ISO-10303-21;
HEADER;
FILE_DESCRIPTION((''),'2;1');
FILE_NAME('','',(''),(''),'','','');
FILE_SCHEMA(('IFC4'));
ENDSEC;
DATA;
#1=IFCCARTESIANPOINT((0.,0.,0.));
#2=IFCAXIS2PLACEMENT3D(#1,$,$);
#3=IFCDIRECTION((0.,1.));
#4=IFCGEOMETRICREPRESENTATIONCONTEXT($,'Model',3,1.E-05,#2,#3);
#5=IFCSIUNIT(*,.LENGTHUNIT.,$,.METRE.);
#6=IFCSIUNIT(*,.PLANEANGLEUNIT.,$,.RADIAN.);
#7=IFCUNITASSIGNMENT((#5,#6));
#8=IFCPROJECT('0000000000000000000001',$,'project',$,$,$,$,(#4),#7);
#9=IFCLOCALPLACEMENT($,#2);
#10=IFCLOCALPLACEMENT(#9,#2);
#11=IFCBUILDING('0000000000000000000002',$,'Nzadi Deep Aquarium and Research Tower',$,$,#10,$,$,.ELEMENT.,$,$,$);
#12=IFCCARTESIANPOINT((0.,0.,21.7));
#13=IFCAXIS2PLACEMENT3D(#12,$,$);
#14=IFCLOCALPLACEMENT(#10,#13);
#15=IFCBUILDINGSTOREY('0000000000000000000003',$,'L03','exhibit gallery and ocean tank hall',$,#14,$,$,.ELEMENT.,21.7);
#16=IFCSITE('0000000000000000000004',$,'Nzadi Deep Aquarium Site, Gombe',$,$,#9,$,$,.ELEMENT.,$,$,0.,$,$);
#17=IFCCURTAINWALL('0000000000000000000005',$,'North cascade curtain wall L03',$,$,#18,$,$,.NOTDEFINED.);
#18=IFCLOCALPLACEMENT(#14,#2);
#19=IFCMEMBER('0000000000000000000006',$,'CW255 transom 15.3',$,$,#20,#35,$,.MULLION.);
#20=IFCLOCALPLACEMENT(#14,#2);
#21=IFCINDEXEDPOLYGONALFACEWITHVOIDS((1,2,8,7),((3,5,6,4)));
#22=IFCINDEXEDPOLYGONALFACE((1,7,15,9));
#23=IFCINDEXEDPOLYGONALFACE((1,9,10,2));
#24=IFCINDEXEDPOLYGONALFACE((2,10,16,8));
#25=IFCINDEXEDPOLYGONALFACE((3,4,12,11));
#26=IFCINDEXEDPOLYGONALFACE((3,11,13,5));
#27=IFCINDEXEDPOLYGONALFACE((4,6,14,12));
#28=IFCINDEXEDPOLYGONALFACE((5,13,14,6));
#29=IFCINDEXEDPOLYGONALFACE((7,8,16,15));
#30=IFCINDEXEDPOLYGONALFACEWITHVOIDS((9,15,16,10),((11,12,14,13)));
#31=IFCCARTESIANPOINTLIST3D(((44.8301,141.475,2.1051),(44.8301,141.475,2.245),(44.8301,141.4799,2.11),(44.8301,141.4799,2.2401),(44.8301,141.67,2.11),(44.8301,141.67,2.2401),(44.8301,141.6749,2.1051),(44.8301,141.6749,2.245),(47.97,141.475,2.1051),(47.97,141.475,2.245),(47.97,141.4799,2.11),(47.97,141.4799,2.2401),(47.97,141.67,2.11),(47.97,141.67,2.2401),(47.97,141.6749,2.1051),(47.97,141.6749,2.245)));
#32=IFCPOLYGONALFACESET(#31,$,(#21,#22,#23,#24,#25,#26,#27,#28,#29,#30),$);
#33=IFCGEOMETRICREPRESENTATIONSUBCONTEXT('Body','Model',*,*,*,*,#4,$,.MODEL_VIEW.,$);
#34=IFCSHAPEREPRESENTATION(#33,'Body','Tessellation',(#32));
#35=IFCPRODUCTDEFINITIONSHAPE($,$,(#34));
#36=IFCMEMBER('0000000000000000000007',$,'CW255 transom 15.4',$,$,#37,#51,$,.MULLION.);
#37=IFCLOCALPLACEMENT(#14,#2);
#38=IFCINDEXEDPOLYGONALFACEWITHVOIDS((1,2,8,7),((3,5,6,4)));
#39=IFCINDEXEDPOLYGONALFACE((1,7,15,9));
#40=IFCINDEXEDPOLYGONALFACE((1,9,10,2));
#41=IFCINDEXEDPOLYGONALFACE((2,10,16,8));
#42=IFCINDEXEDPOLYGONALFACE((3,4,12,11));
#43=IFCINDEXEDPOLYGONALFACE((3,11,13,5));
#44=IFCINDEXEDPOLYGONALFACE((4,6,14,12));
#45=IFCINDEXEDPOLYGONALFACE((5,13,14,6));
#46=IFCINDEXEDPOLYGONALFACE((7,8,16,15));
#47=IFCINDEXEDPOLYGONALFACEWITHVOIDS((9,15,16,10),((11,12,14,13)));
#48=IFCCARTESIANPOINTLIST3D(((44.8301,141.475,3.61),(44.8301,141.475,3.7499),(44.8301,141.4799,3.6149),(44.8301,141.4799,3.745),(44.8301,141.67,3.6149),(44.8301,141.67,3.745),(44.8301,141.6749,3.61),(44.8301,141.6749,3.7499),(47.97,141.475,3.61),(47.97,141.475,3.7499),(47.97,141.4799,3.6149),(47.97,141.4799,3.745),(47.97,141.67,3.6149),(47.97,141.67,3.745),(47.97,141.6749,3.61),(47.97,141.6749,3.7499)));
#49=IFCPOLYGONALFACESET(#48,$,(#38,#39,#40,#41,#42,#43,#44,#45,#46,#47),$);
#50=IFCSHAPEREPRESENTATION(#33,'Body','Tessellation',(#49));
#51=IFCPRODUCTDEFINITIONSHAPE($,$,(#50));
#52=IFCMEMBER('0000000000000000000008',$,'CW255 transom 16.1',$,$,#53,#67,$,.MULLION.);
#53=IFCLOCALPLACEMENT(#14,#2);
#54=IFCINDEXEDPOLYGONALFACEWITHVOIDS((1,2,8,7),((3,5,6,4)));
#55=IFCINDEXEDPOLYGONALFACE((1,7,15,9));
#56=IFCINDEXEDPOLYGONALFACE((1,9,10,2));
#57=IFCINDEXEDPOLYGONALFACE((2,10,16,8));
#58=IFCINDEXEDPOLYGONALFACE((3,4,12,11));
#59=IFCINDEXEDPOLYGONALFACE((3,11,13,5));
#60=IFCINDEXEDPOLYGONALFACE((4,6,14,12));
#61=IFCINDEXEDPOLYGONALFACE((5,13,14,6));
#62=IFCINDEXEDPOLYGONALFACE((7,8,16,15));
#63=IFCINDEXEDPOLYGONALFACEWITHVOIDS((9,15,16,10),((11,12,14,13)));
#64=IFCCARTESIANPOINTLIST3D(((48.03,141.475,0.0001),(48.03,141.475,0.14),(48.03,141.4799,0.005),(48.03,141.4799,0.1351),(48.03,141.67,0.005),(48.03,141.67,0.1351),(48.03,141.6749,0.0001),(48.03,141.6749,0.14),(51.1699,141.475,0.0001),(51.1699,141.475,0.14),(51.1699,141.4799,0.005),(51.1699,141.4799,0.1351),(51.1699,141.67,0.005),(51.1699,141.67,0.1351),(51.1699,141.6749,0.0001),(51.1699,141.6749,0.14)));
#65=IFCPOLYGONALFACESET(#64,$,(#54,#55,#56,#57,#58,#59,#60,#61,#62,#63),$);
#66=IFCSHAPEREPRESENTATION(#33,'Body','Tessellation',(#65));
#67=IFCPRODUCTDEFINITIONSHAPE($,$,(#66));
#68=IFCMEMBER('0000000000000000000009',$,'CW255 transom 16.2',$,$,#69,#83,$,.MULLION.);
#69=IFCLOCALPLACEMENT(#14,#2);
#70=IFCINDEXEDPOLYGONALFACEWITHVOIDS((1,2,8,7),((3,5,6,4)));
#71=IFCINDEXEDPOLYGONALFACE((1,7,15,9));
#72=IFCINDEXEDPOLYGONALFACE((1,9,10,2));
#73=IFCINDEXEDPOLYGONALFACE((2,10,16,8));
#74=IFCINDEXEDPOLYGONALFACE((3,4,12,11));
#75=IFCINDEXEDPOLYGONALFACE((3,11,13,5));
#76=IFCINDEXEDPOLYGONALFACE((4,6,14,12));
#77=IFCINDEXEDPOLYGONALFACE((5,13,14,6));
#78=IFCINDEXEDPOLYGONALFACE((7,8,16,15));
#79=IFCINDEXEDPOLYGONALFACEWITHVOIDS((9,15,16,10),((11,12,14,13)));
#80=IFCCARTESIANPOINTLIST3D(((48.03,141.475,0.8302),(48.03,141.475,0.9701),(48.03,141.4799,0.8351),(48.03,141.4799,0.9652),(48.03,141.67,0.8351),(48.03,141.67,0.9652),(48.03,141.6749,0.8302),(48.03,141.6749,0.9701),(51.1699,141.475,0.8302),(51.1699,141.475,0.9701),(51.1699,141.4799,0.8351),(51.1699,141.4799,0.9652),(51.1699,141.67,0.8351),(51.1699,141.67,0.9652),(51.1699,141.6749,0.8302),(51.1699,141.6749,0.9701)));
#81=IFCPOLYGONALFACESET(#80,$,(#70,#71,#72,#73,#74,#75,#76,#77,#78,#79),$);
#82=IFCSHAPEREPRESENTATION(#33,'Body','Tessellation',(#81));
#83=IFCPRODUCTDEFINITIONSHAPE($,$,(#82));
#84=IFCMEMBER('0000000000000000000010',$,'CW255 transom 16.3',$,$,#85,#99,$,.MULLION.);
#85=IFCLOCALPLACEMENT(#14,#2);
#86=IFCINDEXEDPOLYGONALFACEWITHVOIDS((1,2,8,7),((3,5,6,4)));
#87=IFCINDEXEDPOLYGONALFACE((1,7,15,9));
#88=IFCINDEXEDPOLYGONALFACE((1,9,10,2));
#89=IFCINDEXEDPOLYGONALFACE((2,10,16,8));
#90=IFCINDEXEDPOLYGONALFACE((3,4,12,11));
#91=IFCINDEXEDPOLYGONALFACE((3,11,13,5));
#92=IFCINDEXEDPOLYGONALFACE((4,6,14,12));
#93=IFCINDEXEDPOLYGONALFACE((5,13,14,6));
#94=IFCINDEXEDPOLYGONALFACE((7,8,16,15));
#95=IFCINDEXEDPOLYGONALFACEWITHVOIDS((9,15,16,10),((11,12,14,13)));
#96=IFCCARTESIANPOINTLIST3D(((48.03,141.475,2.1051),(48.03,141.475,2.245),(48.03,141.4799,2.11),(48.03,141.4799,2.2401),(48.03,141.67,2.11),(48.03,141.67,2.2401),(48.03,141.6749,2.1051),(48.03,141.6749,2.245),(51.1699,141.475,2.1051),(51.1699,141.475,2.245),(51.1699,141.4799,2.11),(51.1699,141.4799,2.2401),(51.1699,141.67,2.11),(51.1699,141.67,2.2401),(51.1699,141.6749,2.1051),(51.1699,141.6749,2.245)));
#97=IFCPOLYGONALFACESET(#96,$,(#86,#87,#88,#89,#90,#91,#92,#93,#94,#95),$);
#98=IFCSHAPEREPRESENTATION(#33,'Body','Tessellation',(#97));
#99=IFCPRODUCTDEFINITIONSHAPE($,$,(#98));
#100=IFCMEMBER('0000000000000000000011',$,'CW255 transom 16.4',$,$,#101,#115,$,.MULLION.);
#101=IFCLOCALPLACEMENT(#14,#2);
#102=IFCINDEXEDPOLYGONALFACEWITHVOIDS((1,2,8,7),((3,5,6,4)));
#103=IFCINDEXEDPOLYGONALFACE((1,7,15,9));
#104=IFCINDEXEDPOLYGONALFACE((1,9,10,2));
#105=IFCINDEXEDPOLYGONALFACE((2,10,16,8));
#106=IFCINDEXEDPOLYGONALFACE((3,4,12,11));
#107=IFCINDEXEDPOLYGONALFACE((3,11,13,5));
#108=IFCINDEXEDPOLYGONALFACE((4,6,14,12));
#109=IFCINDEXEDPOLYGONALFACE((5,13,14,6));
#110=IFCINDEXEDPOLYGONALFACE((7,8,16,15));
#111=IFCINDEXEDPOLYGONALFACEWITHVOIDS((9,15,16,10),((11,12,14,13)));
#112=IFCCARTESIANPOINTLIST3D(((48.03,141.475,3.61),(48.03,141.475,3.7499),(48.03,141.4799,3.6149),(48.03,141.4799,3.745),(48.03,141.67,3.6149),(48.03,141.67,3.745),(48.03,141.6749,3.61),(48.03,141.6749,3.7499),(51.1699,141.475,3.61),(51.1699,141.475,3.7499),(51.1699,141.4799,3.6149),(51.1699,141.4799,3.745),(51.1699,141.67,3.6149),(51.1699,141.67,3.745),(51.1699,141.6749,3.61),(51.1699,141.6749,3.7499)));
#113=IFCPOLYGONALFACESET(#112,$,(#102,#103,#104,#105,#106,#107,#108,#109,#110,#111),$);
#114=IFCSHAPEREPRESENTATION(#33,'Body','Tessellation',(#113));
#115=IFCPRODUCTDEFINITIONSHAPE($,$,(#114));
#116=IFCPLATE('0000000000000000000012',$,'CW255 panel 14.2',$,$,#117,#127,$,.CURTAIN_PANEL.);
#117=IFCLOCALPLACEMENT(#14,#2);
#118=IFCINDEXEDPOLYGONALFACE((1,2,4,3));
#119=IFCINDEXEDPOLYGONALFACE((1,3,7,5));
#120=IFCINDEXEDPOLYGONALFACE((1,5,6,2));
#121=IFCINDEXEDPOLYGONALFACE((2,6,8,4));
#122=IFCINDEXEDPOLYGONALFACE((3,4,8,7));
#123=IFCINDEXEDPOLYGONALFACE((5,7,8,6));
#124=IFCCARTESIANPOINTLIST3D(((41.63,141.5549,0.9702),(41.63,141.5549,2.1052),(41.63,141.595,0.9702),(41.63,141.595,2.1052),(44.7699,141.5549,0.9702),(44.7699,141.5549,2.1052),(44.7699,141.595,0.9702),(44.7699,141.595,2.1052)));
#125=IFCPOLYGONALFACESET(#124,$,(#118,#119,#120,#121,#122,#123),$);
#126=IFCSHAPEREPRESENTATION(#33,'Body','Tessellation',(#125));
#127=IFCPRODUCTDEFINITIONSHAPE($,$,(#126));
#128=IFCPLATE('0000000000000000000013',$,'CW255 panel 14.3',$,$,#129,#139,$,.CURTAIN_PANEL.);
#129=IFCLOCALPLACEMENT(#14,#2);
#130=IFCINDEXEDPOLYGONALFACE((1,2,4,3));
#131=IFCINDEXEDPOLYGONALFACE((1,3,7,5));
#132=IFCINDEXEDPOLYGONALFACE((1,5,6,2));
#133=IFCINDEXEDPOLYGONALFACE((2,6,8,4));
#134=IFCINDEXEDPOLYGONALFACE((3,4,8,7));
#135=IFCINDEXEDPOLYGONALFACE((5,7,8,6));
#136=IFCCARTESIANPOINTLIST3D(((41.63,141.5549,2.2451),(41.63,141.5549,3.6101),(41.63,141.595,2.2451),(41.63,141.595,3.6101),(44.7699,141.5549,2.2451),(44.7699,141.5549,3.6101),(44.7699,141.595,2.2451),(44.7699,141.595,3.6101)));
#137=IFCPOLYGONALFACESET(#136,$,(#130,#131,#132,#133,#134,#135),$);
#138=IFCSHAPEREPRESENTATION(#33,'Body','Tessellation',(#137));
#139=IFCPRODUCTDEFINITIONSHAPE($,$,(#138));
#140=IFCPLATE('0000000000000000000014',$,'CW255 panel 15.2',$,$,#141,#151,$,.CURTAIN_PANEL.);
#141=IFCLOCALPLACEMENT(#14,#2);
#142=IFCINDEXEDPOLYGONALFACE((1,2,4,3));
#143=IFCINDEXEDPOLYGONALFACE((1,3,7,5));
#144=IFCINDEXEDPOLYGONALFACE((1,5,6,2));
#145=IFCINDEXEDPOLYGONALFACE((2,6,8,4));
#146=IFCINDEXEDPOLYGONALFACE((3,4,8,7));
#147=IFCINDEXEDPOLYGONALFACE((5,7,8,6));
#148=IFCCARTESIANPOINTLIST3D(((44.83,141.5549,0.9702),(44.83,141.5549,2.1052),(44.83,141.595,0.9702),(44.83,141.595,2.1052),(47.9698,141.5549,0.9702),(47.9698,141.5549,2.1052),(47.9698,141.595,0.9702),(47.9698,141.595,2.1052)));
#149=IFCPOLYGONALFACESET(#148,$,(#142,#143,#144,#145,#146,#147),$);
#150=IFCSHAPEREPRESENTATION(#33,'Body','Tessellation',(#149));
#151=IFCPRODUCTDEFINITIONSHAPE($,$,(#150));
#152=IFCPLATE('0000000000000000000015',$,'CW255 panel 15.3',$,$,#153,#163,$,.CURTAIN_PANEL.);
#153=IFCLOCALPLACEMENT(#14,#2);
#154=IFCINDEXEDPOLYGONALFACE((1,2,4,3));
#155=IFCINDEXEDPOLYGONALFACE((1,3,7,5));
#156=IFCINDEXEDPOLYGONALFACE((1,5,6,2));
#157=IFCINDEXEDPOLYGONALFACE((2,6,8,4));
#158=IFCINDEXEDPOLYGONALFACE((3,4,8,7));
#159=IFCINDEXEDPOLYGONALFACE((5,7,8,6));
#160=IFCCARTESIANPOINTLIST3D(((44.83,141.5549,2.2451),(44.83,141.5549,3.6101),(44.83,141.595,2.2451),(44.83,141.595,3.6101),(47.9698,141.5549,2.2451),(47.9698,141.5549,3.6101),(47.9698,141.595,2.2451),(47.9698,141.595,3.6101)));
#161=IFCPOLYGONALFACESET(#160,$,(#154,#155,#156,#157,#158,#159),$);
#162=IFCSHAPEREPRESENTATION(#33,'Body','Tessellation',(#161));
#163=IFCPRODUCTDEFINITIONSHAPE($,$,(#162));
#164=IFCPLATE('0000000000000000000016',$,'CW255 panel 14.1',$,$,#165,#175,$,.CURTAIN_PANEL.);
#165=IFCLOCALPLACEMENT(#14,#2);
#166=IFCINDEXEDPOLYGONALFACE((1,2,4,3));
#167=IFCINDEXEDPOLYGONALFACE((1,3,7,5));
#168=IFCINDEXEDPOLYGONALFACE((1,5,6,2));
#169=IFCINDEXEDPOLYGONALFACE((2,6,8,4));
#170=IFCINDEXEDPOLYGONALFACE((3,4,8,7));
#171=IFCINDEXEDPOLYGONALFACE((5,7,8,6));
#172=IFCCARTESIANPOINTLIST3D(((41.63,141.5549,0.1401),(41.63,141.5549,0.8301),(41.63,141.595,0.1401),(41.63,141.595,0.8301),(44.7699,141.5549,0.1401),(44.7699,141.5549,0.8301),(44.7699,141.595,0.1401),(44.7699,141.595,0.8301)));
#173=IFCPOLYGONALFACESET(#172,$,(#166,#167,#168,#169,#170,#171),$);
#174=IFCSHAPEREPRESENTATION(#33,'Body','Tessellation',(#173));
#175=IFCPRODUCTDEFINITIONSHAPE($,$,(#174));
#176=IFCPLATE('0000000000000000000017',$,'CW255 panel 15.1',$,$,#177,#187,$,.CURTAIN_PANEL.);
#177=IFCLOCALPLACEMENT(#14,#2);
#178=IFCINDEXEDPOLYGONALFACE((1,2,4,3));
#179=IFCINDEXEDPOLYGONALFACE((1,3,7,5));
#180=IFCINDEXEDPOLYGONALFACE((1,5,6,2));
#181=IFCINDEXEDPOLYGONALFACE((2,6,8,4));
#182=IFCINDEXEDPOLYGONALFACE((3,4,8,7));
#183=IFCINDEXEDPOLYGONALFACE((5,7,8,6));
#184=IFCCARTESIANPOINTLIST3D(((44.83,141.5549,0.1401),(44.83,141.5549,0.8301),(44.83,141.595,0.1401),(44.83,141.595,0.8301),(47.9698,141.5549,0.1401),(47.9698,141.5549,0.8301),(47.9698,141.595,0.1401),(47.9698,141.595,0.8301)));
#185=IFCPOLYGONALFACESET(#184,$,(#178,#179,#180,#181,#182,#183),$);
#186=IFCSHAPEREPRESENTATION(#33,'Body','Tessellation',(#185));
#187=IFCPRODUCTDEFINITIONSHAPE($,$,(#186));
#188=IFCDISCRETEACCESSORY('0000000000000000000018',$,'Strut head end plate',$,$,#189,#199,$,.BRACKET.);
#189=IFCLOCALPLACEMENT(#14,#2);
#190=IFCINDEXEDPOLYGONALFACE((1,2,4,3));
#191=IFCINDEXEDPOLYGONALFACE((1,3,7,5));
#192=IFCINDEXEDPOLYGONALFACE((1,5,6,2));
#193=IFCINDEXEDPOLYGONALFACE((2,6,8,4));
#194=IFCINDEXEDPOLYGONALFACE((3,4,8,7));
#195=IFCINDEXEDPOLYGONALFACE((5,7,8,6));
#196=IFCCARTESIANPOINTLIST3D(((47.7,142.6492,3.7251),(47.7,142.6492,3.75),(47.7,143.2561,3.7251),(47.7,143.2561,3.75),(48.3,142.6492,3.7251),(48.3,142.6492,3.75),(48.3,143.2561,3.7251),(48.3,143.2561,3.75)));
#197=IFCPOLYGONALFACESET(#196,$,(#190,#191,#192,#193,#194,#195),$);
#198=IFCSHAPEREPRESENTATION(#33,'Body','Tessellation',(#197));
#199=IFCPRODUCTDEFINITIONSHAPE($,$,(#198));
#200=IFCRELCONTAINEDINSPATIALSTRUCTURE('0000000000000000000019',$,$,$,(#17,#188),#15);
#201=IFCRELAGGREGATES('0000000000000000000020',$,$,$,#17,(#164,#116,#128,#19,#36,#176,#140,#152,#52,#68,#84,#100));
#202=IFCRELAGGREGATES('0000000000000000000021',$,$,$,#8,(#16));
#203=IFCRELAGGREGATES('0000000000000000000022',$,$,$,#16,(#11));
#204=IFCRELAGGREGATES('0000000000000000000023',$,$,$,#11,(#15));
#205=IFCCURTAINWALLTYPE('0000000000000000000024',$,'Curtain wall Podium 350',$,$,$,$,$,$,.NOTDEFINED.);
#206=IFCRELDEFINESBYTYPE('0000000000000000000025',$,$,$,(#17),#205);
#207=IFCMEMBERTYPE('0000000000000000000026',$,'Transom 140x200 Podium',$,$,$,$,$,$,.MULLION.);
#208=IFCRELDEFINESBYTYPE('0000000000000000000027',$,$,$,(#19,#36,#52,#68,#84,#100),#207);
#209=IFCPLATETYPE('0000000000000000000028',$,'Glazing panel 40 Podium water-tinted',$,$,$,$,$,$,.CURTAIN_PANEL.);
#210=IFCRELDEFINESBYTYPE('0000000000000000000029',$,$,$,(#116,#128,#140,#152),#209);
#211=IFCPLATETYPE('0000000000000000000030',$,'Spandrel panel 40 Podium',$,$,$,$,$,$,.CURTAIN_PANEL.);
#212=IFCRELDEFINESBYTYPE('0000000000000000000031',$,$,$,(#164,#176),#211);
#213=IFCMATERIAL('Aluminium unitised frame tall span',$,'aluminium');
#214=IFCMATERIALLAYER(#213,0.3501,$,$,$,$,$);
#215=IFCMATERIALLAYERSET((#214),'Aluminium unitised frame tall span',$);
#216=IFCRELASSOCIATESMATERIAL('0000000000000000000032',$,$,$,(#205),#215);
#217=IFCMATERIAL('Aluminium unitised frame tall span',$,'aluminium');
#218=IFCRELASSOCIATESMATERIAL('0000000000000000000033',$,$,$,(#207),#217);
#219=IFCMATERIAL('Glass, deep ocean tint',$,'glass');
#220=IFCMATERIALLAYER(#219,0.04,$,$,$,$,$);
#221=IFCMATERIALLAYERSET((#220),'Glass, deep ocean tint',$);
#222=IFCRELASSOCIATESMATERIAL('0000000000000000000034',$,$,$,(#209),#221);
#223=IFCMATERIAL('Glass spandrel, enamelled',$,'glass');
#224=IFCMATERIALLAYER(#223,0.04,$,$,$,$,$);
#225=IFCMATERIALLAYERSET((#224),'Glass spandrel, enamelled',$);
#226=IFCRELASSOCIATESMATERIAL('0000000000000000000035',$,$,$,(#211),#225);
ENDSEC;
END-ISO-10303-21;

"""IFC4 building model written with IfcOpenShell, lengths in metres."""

from ifc_helpers import new_model, si_unit, direction, frame, origin, origin_2d, place, context, subcontext, project, spatial, rectangle, hollow_rectangle, extrude, material, layer, layer_set, material_profile, profile_set, type_object, element, aggregate, save


model = new_model("IFC4")

# Units and contexts
model_context = context("Model", 3, precision=1e-05, world=origin(), true_north=direction((0.0, 1.0)))
body_context = subcontext(model_context, "Body", "Model", "MODEL_VIEW")
ifc_project = project(units=[si_unit("LENGTHUNIT", "METRE"), si_unit("PLANEANGLEUNIT", "RADIAN")], contexts=[model_context])

# Site, building, storey
site_placement = place(None, origin())
site = spatial("IfcSite", under=ifc_project, at=site_placement, Name="Nzadi Deep Aquarium Site, Gombe", CompositionType="ELEMENT", RefElevation=0.0)
building_placement = place(site_placement, origin())
building = spatial("IfcBuilding", under=site, at=building_placement, Name="Nzadi Deep Aquarium and Research Tower", CompositionType="ELEMENT")
storey_placement = place(building_placement, frame((0.0, 0.0, 21.7)))
storey = spatial("IfcBuildingStorey", under=building, at=storey_placement, Name="L03", Description="exhibit gallery and ocean tank hall", CompositionType="ELEMENT", Elevation=21.7)

# Curtain wall
ifc_material_1 = material(Name="Aluminium unitised frame tall span", Category="aluminium")
ifc_layer_1 = layer(ifc_material_1, 0.3501)
ifc_layer_set_1 = layer_set([ifc_layer_1], Name="Aluminium unitised frame tall span")
curtain_wall_type = type_object("IfcCurtainWallType", Name="Curtain wall Podium 350", PredefinedType="NOTDEFINED", material=ifc_layer_set_1)
curtain_wall_placement = place(storey_placement, origin())
curtain_wall = element("IfcCurtainWall", 1, at=curtain_wall_placement, inside=storey, type_object=curtain_wall_type, Name="North cascade curtain wall L03", PredefinedType="NOTDEFINED")

# Members
ifc_material_2 = material(Name="Aluminium unitised frame tall span", Category="aluminium")
ifc_material_profile_1 = material_profile(ifc_material_2, hollow_rectangle(XDim=0.2, YDim=0.1399, WallThickness=0.0049, at=origin_2d()))
ifc_profile_set_1 = profile_set([ifc_material_profile_1], Name="Aluminium unitised frame tall span")
member_type_1 = type_object("IfcMemberType", Name="Transom 140x200 Podium", PredefinedType="MULLION", material=ifc_profile_set_1)
member_1_placement = place(storey_placement, frame((44.8301, 141.575, 2.175), z_axis=(1.0, 0.0, 0.0), x_axis=(0.0, 1.0, 0.0)))
member_1 = element("IfcMember", 2, at=member_1_placement, type_object=member_type_1, Name="CW255 transom 15.3", PredefinedType="MULLION", context=body_context, shape_type="SweptSolid", body=[
    extrude(hollow_rectangle(XDim=0.2, YDim=0.1399, WallThickness=0.0049, at=origin_2d()), origin(), (0.0, 0.0, 1.0), 3.1399),
])
member_2_placement = place(storey_placement, frame((44.8301, 141.575, 3.6799), z_axis=(1.0, 0.0, 0.0), x_axis=(0.0, 1.0, 0.0)))
member_2 = element("IfcMember", 3, at=member_2_placement, type_object=member_type_1, Name="CW255 transom 15.4", PredefinedType="MULLION", context=body_context, shape_type="SweptSolid", body=[
    extrude(hollow_rectangle(XDim=0.2, YDim=0.1399, WallThickness=0.0049, at=origin_2d()), origin(), (0.0, 0.0, 1.0), 3.1399),
])
member_3_placement = place(storey_placement, frame((48.03, 141.575, 0.0701), z_axis=(1.0, 0.0, 0.0), x_axis=(0.0, 1.0, 0.0)))
member_3 = element("IfcMember", 4, at=member_3_placement, type_object=member_type_1, Name="CW255 transom 16.1", PredefinedType="MULLION", context=body_context, shape_type="SweptSolid", body=[
    extrude(hollow_rectangle(XDim=0.2, YDim=0.1399, WallThickness=0.0049, at=origin_2d()), origin(), (0.0, 0.0, 1.0), 3.1399),
])
member_4_placement = place(storey_placement, frame((48.03, 141.575, 0.9001), z_axis=(1.0, 0.0, 0.0), x_axis=(0.0, 1.0, 0.0)))
member_4 = element("IfcMember", 5, at=member_4_placement, type_object=member_type_1, Name="CW255 transom 16.2", PredefinedType="MULLION", context=body_context, shape_type="SweptSolid", body=[
    extrude(hollow_rectangle(XDim=0.2, YDim=0.1399, WallThickness=0.0049, at=origin_2d()), origin(), (0.0, 0.0, 1.0), 3.1399),
])
member_5_placement = place(storey_placement, frame((48.03, 141.575, 2.175), z_axis=(1.0, 0.0, 0.0), x_axis=(0.0, 1.0, 0.0)))
member_5 = element("IfcMember", 6, at=member_5_placement, type_object=member_type_1, Name="CW255 transom 16.3", PredefinedType="MULLION", context=body_context, shape_type="SweptSolid", body=[
    extrude(hollow_rectangle(XDim=0.2, YDim=0.1399, WallThickness=0.0049, at=origin_2d()), origin(), (0.0, 0.0, 1.0), 3.1399),
])
member_6_placement = place(storey_placement, frame((48.03, 141.575, 3.6799), z_axis=(1.0, 0.0, 0.0), x_axis=(0.0, 1.0, 0.0)))
member_6 = element("IfcMember", 7, at=member_6_placement, type_object=member_type_1, Name="CW255 transom 16.4", PredefinedType="MULLION", context=body_context, shape_type="SweptSolid", body=[
    extrude(hollow_rectangle(XDim=0.2, YDim=0.1399, WallThickness=0.0049, at=origin_2d()), origin(), (0.0, 0.0, 1.0), 3.1399),
])

# Plates
ifc_material_3 = material(Name="Glass, deep ocean tint", Category="glass")
ifc_layer_2 = layer(ifc_material_3, 0.04)
ifc_layer_set_2 = layer_set([ifc_layer_2], Name="Glass, deep ocean tint")
plate_type_1 = type_object("IfcPlateType", Name="Glazing panel 40 Podium water-tinted", PredefinedType="CURTAIN_PANEL", material=ifc_layer_set_2)
plate_1_placement = place(storey_placement, frame((43.2, 141.575, 0.9702), z_axis=(0.0, 0.0, 1.0), x_axis=(1.0, 0.0, 0.0)))
plate_1 = element("IfcPlate", 8, at=plate_1_placement, type_object=plate_type_1, Name="CW255 panel 14.2", PredefinedType="CURTAIN_PANEL", context=body_context, shape_type="SweptSolid", body=[
    extrude(rectangle(XDim=3.1399, YDim=0.04, at=origin_2d()), origin(), (0.0, 0.0, 1.0), 1.135),
])
plate_2_placement = place(storey_placement, frame((43.2, 141.575, 2.2451), z_axis=(0.0, 0.0, 1.0), x_axis=(1.0, 0.0, 0.0)))
plate_2 = element("IfcPlate", 9, at=plate_2_placement, type_object=plate_type_1, Name="CW255 panel 14.3", PredefinedType="CURTAIN_PANEL", context=body_context, shape_type="SweptSolid", body=[
    extrude(rectangle(XDim=3.1399, YDim=0.04, at=origin_2d()), origin(), (0.0, 0.0, 1.0), 1.365),
])
plate_3_placement = place(storey_placement, frame((46.3999, 141.575, 0.9702), z_axis=(0.0, 0.0, 1.0), x_axis=(1.0, 0.0, 0.0)))
plate_3 = element("IfcPlate", 10, at=plate_3_placement, type_object=plate_type_1, Name="CW255 panel 15.2", PredefinedType="CURTAIN_PANEL", context=body_context, shape_type="SweptSolid", body=[
    extrude(rectangle(XDim=3.1399, YDim=0.04, at=origin_2d()), origin(), (0.0, 0.0, 1.0), 1.135),
])
plate_4_placement = place(storey_placement, frame((46.3999, 141.575, 2.2451), z_axis=(0.0, 0.0, 1.0), x_axis=(1.0, 0.0, 0.0)))
plate_4 = element("IfcPlate", 11, at=plate_4_placement, type_object=plate_type_1, Name="CW255 panel 15.3", PredefinedType="CURTAIN_PANEL", context=body_context, shape_type="SweptSolid", body=[
    extrude(rectangle(XDim=3.1399, YDim=0.04, at=origin_2d()), origin(), (0.0, 0.0, 1.0), 1.365),
])
ifc_material_4 = material(Name="Glass spandrel, enamelled", Category="glass")
ifc_layer_3 = layer(ifc_material_4, 0.04)
ifc_layer_set_3 = layer_set([ifc_layer_3], Name="Glass spandrel, enamelled")
plate_type_2 = type_object("IfcPlateType", Name="Spandrel panel 40 Podium", PredefinedType="CURTAIN_PANEL", material=ifc_layer_set_3)
plate_5_placement = place(storey_placement, frame((43.2, 141.575, 0.1401), z_axis=(0.0, 0.0, 1.0), x_axis=(1.0, 0.0, 0.0)))
plate_5 = element("IfcPlate", 12, at=plate_5_placement, type_object=plate_type_2, Name="CW255 panel 14.1", PredefinedType="CURTAIN_PANEL", context=body_context, shape_type="SweptSolid", body=[
    extrude(rectangle(XDim=3.1399, YDim=0.04, at=origin_2d()), origin(), (0.0, 0.0, 1.0), 0.6899),
])
plate_6_placement = place(storey_placement, frame((46.3999, 141.575, 0.1401), z_axis=(0.0, 0.0, 1.0), x_axis=(1.0, 0.0, 0.0)))
plate_6 = element("IfcPlate", 13, at=plate_6_placement, type_object=plate_type_2, Name="CW255 panel 15.1", PredefinedType="CURTAIN_PANEL", context=body_context, shape_type="SweptSolid", body=[
    extrude(rectangle(XDim=3.1399, YDim=0.04, at=origin_2d()), origin(), (0.0, 0.0, 1.0), 0.6899),
])
aggregate(curtain_wall, [plate_5, plate_1, plate_2, member_1, member_2, plate_6, plate_3, plate_4, member_3, member_4, member_5, member_6])

# Discrete accessory
discrete_accessory_placement = place(storey_placement, frame((48.0, 142.9526, 3.7251), z_axis=(0.0, 0.0, 1.0), x_axis=(1.0, 0.0, 0.0)))
element("IfcDiscreteAccessory", 14, at=discrete_accessory_placement, inside=storey, Name="Strut head end plate", PredefinedType="BRACKET", context=body_context, shape_type="SweptSolid", body=[
    extrude(rectangle(XDim=0.6001, YDim=0.6069, at=origin_2d()), origin(), (0.0, 0.0, 1.0), 0.0249),
])

save(model, "model.ifc")
